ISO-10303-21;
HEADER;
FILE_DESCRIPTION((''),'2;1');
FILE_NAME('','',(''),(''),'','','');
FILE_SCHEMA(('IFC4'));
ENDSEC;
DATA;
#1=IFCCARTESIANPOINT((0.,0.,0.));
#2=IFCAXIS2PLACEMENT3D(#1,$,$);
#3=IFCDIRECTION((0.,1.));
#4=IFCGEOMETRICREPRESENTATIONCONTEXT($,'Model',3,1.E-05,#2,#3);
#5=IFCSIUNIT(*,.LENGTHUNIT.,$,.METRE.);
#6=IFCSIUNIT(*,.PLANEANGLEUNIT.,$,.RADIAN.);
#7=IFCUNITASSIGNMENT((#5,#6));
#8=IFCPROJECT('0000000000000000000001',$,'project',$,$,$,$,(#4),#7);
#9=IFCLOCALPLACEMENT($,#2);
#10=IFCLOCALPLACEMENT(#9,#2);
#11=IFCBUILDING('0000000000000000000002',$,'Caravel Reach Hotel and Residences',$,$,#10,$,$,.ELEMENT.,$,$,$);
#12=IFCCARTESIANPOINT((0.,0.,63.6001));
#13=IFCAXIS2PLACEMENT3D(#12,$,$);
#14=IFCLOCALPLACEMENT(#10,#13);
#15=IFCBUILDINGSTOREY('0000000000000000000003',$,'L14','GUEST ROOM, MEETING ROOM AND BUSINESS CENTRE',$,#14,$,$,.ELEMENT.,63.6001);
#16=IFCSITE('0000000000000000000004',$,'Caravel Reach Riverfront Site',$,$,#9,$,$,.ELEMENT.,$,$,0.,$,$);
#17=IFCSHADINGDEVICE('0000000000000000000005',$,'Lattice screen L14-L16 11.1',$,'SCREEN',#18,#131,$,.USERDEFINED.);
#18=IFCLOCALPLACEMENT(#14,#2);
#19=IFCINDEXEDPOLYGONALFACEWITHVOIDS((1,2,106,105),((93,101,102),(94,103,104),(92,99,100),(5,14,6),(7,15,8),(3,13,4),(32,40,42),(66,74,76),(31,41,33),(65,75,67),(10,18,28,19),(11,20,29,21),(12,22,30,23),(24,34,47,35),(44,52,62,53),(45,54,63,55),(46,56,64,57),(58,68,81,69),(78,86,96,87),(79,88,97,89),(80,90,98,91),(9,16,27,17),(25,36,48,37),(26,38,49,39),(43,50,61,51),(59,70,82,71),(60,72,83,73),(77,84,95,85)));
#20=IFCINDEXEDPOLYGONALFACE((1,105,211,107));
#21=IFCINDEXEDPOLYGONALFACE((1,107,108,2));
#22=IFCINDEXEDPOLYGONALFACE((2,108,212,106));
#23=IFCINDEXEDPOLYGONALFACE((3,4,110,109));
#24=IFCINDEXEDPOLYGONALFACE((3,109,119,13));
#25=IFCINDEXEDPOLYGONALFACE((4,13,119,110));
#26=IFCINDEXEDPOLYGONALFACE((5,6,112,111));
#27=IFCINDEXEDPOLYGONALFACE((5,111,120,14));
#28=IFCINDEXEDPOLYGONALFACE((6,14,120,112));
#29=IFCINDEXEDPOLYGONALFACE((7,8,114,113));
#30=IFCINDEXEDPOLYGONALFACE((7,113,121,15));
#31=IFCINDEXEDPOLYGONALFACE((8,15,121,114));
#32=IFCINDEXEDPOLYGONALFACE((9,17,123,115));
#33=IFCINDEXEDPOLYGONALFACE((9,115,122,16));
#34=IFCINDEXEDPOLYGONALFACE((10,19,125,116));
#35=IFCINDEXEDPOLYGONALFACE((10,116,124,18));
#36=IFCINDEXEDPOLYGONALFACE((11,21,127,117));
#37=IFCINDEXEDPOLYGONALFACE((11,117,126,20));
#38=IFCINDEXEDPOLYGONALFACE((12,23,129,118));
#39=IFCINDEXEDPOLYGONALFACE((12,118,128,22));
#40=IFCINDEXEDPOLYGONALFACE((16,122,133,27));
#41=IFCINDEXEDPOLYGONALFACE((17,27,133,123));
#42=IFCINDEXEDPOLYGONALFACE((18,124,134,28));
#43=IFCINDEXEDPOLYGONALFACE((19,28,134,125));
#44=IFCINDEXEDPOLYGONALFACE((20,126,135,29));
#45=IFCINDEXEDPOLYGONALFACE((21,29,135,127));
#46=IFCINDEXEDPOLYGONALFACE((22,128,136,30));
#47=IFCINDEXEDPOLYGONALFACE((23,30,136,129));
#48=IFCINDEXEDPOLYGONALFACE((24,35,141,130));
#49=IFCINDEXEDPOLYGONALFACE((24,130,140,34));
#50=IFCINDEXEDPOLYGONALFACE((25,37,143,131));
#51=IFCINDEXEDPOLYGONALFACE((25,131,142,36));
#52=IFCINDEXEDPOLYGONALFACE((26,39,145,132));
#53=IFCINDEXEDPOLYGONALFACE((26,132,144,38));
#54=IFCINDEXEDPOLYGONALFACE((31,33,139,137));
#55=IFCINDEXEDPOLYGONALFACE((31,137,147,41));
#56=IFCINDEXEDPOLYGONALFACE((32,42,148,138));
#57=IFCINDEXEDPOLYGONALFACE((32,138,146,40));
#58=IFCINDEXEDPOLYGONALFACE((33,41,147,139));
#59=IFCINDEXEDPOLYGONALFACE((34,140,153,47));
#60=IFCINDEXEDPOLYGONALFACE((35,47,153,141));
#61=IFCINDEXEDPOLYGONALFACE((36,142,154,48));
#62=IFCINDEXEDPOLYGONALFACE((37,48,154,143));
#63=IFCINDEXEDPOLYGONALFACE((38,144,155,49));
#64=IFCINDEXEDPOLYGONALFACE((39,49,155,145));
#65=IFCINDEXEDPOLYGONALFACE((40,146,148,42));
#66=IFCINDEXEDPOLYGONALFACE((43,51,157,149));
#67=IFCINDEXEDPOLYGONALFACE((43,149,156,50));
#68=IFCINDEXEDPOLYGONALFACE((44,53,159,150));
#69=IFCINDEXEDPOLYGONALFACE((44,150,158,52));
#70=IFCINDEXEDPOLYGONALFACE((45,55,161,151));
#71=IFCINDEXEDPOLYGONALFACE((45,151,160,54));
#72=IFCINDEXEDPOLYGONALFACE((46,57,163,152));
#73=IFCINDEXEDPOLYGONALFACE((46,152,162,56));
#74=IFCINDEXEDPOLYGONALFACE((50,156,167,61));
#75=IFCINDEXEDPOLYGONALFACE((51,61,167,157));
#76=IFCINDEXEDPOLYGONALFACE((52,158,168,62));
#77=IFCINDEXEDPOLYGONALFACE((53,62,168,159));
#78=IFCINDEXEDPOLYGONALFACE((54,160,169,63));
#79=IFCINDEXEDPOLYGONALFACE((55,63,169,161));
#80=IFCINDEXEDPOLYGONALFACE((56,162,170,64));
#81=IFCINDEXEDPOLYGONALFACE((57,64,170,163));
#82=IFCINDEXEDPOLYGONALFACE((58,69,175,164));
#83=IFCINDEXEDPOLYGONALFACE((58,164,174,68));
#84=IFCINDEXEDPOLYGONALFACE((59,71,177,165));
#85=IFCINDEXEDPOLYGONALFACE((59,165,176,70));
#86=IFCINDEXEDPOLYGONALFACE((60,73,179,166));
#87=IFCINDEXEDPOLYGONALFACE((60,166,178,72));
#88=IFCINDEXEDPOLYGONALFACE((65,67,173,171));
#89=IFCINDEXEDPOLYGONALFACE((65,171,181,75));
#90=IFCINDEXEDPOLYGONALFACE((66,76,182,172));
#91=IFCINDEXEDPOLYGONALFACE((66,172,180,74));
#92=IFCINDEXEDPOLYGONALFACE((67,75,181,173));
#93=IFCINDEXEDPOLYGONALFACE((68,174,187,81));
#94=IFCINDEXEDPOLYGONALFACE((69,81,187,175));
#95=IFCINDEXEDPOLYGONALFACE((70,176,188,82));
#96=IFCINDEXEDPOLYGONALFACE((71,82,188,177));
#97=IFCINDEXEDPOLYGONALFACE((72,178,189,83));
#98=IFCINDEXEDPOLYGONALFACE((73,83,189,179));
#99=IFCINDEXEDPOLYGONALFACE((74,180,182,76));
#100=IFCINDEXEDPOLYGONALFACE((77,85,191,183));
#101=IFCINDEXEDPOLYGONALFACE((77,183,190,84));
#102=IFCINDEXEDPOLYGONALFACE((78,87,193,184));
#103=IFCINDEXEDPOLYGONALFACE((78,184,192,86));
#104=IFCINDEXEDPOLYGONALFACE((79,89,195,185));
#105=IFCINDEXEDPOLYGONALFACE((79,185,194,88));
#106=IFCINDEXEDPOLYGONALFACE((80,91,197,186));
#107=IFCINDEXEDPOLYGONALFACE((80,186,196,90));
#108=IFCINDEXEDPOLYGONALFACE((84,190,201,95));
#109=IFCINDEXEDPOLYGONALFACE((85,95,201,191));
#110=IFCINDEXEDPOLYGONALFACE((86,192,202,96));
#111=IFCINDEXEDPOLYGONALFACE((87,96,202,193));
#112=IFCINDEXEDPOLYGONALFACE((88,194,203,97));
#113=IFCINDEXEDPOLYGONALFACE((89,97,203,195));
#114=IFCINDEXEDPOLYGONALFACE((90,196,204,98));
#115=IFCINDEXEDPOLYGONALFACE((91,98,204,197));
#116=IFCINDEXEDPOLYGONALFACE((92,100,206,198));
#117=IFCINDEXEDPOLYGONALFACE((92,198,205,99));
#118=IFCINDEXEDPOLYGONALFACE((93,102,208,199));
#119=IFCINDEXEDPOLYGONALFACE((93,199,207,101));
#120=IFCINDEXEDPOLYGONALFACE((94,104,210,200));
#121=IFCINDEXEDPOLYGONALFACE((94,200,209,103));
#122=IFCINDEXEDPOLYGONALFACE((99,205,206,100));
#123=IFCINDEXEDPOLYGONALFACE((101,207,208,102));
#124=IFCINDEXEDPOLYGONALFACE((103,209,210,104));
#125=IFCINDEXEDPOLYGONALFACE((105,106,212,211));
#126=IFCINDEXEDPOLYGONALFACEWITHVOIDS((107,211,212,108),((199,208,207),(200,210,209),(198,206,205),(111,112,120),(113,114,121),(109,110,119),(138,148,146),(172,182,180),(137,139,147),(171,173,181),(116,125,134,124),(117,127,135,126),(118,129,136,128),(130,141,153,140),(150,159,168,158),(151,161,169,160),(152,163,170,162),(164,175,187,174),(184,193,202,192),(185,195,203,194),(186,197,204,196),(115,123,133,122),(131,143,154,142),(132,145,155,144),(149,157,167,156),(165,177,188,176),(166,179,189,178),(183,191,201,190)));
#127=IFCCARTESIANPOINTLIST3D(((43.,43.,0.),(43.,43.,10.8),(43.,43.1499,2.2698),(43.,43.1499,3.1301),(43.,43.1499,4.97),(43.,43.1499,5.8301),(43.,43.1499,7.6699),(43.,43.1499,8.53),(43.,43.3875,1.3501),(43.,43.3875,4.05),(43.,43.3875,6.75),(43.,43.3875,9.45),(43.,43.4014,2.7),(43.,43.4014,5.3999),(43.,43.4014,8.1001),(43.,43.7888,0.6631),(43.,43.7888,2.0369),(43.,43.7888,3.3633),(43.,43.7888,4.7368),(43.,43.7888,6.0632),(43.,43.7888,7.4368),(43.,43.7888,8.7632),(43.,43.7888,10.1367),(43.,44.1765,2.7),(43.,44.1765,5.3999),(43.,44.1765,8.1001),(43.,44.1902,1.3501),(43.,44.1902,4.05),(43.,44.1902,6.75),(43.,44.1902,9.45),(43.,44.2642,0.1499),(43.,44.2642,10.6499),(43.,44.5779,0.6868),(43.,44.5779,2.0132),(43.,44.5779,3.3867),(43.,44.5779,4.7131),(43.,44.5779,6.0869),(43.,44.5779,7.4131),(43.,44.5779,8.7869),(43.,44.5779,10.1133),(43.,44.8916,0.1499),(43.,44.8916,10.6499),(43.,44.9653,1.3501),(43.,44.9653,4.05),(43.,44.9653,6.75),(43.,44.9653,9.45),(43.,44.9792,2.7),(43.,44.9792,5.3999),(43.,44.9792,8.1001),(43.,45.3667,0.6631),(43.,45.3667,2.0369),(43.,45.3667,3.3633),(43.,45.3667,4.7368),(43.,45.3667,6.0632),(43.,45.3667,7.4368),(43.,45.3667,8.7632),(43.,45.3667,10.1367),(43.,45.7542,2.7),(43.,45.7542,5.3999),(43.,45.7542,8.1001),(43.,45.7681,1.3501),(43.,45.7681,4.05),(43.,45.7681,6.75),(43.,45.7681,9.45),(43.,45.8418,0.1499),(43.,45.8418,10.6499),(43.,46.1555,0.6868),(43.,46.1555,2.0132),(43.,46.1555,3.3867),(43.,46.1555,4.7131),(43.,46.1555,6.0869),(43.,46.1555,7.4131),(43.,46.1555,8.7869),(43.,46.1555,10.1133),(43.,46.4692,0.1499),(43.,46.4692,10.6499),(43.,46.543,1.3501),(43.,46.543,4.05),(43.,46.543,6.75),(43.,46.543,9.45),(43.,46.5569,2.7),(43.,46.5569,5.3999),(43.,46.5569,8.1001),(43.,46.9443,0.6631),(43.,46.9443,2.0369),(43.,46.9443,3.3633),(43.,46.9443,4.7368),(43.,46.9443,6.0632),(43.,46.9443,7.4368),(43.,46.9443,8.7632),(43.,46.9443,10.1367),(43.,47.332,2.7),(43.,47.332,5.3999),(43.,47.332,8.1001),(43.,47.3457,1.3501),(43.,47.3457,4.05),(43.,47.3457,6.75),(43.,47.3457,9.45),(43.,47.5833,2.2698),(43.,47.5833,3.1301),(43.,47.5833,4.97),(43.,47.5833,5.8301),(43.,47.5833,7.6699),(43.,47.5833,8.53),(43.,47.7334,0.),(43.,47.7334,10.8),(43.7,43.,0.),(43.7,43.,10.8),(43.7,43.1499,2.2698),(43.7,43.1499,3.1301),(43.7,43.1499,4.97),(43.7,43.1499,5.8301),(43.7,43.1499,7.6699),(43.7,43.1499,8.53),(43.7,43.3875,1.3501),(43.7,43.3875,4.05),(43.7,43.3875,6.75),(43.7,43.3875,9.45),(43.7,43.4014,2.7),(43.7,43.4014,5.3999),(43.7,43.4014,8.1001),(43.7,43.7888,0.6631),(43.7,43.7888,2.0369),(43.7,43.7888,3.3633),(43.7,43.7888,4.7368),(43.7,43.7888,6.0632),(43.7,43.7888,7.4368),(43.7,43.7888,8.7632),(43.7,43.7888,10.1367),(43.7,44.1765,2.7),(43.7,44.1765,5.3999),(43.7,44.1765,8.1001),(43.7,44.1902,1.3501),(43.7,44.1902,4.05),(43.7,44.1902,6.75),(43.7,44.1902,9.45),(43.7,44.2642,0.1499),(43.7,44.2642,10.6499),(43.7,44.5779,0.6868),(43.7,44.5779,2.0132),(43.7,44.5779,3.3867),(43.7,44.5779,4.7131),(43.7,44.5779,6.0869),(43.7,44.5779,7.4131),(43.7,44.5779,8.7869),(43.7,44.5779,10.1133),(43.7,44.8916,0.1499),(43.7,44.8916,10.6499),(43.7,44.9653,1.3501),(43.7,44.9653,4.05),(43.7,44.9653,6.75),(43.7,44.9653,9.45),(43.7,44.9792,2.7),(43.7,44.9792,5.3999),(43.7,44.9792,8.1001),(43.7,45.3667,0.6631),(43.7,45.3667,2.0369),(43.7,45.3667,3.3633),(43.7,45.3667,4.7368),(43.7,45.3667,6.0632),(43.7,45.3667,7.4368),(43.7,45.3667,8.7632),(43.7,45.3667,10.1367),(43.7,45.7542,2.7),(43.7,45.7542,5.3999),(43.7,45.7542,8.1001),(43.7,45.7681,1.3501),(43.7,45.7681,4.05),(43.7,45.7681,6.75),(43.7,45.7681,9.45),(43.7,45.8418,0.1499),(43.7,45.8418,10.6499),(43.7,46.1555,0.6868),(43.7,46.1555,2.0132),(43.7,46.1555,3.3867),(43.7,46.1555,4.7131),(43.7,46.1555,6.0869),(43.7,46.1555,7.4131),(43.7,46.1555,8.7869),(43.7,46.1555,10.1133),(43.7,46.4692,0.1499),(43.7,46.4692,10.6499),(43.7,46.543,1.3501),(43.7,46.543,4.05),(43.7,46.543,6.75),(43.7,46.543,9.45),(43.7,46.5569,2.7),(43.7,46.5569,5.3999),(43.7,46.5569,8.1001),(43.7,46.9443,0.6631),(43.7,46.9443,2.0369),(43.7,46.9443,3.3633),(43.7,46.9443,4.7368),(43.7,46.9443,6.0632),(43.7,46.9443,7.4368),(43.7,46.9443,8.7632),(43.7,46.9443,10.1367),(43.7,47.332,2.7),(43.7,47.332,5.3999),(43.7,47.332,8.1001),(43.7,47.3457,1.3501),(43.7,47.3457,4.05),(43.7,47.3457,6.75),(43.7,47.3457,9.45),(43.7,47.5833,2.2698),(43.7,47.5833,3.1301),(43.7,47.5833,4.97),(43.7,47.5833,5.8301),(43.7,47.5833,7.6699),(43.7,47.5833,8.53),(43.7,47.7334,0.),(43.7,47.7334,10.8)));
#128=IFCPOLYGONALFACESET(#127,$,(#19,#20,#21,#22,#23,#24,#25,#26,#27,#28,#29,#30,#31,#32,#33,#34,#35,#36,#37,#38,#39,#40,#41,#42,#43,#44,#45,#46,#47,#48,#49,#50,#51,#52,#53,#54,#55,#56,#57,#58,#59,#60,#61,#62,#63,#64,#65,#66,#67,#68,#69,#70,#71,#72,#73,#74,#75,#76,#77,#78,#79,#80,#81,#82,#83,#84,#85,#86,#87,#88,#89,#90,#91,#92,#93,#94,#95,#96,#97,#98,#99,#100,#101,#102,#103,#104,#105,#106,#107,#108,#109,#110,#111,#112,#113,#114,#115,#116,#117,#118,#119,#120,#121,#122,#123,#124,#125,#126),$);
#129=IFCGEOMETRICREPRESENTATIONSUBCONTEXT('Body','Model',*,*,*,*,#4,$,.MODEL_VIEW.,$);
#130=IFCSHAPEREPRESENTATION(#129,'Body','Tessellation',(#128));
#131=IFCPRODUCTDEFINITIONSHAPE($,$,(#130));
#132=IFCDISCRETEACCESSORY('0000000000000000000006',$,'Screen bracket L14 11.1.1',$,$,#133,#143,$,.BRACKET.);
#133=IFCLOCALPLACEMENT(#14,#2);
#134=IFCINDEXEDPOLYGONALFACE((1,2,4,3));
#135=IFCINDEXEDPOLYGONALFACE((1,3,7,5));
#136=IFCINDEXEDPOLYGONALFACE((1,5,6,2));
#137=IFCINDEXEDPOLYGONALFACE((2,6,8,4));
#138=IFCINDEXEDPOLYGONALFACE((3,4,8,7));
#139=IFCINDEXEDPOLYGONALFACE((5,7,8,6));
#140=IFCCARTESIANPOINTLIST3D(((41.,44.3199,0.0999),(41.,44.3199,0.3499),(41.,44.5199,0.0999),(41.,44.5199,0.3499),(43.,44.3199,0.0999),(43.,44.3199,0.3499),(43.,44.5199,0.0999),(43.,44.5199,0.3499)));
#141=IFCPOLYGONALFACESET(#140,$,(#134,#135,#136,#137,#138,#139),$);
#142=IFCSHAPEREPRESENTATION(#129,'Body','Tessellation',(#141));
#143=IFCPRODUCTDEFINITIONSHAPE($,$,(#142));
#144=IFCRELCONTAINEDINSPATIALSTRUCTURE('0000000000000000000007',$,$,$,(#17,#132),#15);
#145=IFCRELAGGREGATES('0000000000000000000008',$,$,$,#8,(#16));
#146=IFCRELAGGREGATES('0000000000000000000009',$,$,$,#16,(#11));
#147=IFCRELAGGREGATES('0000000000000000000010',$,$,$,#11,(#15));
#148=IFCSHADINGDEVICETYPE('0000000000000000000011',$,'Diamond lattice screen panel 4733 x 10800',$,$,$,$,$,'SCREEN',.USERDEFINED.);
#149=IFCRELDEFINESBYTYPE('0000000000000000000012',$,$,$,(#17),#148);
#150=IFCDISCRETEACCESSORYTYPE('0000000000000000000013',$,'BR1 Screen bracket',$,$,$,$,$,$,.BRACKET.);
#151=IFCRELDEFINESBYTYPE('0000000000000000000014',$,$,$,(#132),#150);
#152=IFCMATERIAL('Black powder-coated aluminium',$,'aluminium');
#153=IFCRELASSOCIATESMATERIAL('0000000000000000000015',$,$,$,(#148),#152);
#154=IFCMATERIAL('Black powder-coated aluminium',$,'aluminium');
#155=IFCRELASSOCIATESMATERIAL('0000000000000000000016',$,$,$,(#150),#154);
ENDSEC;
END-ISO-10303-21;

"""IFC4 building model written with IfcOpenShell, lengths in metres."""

from ifc_helpers import new_model, si_unit, direction, frame, origin, origin_2d, place, context, subcontext, project, spatial, polyline, rectangle, outline, extrude, material, type_object, element, save


model = new_model("IFC4")

# Units and contexts
model_context = context("Model", 3, precision=1e-05, world=origin(), true_north=direction((0.0, 1.0)))
body_context = subcontext(model_context, "Body", "Model", "MODEL_VIEW")
ifc_project = project(units=[si_unit("LENGTHUNIT", "METRE"), si_unit("PLANEANGLEUNIT", "RADIAN")], contexts=[model_context])

# Site, building, storey
site_placement = place(None, origin())
site = spatial("IfcSite", under=ifc_project, at=site_placement, Name="Caravel Reach Riverfront Site", CompositionType="ELEMENT", RefElevation=0.0)
building_placement = place(site_placement, origin())
building = spatial("IfcBuilding", under=site, at=building_placement, Name="Caravel Reach Hotel and Residences", CompositionType="ELEMENT")
storey_placement = place(building_placement, frame((0.0, 0.0, 63.6001)))
storey = spatial("IfcBuildingStorey", under=building, at=storey_placement, Name="L14", Description="GUEST ROOM, MEETING ROOM AND BUSINESS CENTRE", CompositionType="ELEMENT", Elevation=63.6001)

# Shading device
ifc_material_1 = material(Name="Black powder-coated aluminium", Category="aluminium")
shading_device_type = type_object("IfcShadingDeviceType", Name="Diamond lattice screen panel 4733 x 10800", ElementType="SCREEN", PredefinedType="USERDEFINED", material=ifc_material_1)
shading_device_placement = place(storey_placement, frame((43.0, 43.0, 0.0), z_axis=(1.0, 0.0, 0.0), x_axis=(0.0, 1.0, 0.0)))
element("IfcShadingDevice", 1, at=shading_device_placement, inside=storey, type_object=shading_device_type, Name="Lattice screen L14-L16 11.1", ObjectType="SCREEN", PredefinedType="USERDEFINED", context=body_context, shape_type="SweptSolid", body=[
    extrude(outline(polyline([(0.0, 0.0), (4.7334, 0.0), (4.7334, 10.8), (0.0, 10.8), (0.0, 0.0)]), holes=[polyline([(0.4014, 2.7), (0.1499, 3.1301), (0.1499, 2.2698), (0.4014, 2.7)]), polyline([(0.4014, 5.3999), (0.1499, 5.8301), (0.1499, 4.97), (0.4014, 5.3999)]), polyline([(0.4014, 8.1001), (0.1499, 8.53), (0.1499, 7.6699), (0.4014, 8.1001)]), polyline([(0.7888, 2.0369), (0.3875, 1.3501), (0.7888, 0.6631), (1.1902, 1.3501), (0.7888, 2.0369)]), polyline([(0.7888, 4.7368), (0.3875, 4.05), (0.7888, 3.3633), (1.1902, 4.05), (0.7888, 4.7368)]), polyline([(0.7888, 7.4368), (0.3875, 6.75), (0.7888, 6.0632), (1.1902, 6.75), (0.7888, 7.4368)]), polyline([(0.7888, 10.1367), (0.3875, 9.45), (0.7888, 8.7632), (1.1902, 9.45), (0.7888, 10.1367)]), polyline([(1.5779, 0.6868), (1.2642, 0.1499), (1.8916, 0.1499), (1.5779, 0.6868)]), polyline([(1.5779, 3.3867), (1.1765, 2.7), (1.5779, 2.0132), (1.9792, 2.7), (1.5779, 3.3867)]), polyline([(1.5779, 6.0869), (1.1765, 5.3999), (1.5779, 4.7131), (1.9792, 5.3999), (1.5779, 6.0869)]), polyline([(1.5779, 8.7869), (1.1765, 8.1001), (1.5779, 7.4131), (1.9792, 8.1001), (1.5779, 8.7869)]), polyline([(1.5779, 10.1133), (1.8916, 10.6499), (1.2642, 10.6499), (1.5779, 10.1133)]), polyline([(2.3667, 2.0369), (1.9653, 1.3501), (2.3667, 0.6631), (2.7681, 1.3501), (2.3667, 2.0369)]), polyline([(2.3667, 4.7368), (1.9653, 4.05), (2.3667, 3.3633), (2.7681, 4.05), (2.3667, 4.7368)]), polyline([(2.3667, 7.4368), (1.9653, 6.75), (2.3667, 6.0632), (2.7681, 6.75), (2.3667, 7.4368)]), polyline([(2.3667, 10.1367), (1.9653, 9.45), (2.3667, 8.7632), (2.7681, 9.45), (2.3667, 10.1367)]), polyline([(3.1555, 0.6868), (2.8418, 0.1499), (3.4692, 0.1499), (3.1555, 0.6868)]), polyline([(3.1555, 3.3867), (2.7542, 2.7), (3.1555, 2.0132), (3.5569, 2.7), (3.1555, 3.3867)]), polyline([(3.1555, 6.0869), (2.7542, 5.3999), (3.1555, 4.7131), (3.5569, 5.3999), (3.1555, 6.0869)]), polyline([(3.1555, 8.7869), (2.7542, 8.1001), (3.1555, 7.4131), (3.5569, 8.1001), (3.1555, 8.7869)]), polyline([(3.1555, 10.1133), (3.4692, 10.6499), (2.8418, 10.6499), (3.1555, 10.1133)]), polyline([(3.9443, 2.0369), (3.543, 1.3501), (3.9443, 0.6631), (4.3457, 1.3501), (3.9443, 2.0369)]), polyline([(3.9443, 4.7368), (3.543, 4.05), (3.9443, 3.3633), (4.3457, 4.05), (3.9443, 4.7368)]), polyline([(3.9443, 7.4368), (3.543, 6.75), (3.9443, 6.0632), (4.3457, 6.75), (3.9443, 7.4368)]), polyline([(3.9443, 10.1367), (3.543, 9.45), (3.9443, 8.7632), (4.3457, 9.45), (3.9443, 10.1367)]), polyline([(4.332, 2.7), (4.5833, 2.2698), (4.5833, 3.1301), (4.332, 2.7)]), polyline([(4.332, 5.3999), (4.5833, 4.97), (4.5833, 5.8301), (4.332, 5.3999)]), polyline([(4.332, 8.1001), (4.5833, 7.6699), (4.5833, 8.53), (4.332, 8.1001)])]), origin(), (0.0, 0.0, 1.0), 0.7),
])

# Discrete accessory
ifc_material_2 = material(Name="Black powder-coated aluminium", Category="aluminium")
discrete_accessory_type = type_object("IfcDiscreteAccessoryType", Name="BR1 Screen bracket", PredefinedType="BRACKET", material=ifc_material_2)
discrete_accessory_placement = place(storey_placement, frame((42.0, 44.4199, 0.0999), z_axis=(0.0, 0.0, 1.0), x_axis=(1.0, 0.0, 0.0)))
element("IfcDiscreteAccessory", 2, at=discrete_accessory_placement, inside=storey, type_object=discrete_accessory_type, Name="Screen bracket L14 11.1.1", PredefinedType="BRACKET", context=body_context, shape_type="SweptSolid", body=[
    extrude(rectangle(XDim=2.0, YDim=0.2, at=origin_2d()), origin(), (0.0, 0.0, 1.0), 0.25),
])

save(model, "model.ifc")
